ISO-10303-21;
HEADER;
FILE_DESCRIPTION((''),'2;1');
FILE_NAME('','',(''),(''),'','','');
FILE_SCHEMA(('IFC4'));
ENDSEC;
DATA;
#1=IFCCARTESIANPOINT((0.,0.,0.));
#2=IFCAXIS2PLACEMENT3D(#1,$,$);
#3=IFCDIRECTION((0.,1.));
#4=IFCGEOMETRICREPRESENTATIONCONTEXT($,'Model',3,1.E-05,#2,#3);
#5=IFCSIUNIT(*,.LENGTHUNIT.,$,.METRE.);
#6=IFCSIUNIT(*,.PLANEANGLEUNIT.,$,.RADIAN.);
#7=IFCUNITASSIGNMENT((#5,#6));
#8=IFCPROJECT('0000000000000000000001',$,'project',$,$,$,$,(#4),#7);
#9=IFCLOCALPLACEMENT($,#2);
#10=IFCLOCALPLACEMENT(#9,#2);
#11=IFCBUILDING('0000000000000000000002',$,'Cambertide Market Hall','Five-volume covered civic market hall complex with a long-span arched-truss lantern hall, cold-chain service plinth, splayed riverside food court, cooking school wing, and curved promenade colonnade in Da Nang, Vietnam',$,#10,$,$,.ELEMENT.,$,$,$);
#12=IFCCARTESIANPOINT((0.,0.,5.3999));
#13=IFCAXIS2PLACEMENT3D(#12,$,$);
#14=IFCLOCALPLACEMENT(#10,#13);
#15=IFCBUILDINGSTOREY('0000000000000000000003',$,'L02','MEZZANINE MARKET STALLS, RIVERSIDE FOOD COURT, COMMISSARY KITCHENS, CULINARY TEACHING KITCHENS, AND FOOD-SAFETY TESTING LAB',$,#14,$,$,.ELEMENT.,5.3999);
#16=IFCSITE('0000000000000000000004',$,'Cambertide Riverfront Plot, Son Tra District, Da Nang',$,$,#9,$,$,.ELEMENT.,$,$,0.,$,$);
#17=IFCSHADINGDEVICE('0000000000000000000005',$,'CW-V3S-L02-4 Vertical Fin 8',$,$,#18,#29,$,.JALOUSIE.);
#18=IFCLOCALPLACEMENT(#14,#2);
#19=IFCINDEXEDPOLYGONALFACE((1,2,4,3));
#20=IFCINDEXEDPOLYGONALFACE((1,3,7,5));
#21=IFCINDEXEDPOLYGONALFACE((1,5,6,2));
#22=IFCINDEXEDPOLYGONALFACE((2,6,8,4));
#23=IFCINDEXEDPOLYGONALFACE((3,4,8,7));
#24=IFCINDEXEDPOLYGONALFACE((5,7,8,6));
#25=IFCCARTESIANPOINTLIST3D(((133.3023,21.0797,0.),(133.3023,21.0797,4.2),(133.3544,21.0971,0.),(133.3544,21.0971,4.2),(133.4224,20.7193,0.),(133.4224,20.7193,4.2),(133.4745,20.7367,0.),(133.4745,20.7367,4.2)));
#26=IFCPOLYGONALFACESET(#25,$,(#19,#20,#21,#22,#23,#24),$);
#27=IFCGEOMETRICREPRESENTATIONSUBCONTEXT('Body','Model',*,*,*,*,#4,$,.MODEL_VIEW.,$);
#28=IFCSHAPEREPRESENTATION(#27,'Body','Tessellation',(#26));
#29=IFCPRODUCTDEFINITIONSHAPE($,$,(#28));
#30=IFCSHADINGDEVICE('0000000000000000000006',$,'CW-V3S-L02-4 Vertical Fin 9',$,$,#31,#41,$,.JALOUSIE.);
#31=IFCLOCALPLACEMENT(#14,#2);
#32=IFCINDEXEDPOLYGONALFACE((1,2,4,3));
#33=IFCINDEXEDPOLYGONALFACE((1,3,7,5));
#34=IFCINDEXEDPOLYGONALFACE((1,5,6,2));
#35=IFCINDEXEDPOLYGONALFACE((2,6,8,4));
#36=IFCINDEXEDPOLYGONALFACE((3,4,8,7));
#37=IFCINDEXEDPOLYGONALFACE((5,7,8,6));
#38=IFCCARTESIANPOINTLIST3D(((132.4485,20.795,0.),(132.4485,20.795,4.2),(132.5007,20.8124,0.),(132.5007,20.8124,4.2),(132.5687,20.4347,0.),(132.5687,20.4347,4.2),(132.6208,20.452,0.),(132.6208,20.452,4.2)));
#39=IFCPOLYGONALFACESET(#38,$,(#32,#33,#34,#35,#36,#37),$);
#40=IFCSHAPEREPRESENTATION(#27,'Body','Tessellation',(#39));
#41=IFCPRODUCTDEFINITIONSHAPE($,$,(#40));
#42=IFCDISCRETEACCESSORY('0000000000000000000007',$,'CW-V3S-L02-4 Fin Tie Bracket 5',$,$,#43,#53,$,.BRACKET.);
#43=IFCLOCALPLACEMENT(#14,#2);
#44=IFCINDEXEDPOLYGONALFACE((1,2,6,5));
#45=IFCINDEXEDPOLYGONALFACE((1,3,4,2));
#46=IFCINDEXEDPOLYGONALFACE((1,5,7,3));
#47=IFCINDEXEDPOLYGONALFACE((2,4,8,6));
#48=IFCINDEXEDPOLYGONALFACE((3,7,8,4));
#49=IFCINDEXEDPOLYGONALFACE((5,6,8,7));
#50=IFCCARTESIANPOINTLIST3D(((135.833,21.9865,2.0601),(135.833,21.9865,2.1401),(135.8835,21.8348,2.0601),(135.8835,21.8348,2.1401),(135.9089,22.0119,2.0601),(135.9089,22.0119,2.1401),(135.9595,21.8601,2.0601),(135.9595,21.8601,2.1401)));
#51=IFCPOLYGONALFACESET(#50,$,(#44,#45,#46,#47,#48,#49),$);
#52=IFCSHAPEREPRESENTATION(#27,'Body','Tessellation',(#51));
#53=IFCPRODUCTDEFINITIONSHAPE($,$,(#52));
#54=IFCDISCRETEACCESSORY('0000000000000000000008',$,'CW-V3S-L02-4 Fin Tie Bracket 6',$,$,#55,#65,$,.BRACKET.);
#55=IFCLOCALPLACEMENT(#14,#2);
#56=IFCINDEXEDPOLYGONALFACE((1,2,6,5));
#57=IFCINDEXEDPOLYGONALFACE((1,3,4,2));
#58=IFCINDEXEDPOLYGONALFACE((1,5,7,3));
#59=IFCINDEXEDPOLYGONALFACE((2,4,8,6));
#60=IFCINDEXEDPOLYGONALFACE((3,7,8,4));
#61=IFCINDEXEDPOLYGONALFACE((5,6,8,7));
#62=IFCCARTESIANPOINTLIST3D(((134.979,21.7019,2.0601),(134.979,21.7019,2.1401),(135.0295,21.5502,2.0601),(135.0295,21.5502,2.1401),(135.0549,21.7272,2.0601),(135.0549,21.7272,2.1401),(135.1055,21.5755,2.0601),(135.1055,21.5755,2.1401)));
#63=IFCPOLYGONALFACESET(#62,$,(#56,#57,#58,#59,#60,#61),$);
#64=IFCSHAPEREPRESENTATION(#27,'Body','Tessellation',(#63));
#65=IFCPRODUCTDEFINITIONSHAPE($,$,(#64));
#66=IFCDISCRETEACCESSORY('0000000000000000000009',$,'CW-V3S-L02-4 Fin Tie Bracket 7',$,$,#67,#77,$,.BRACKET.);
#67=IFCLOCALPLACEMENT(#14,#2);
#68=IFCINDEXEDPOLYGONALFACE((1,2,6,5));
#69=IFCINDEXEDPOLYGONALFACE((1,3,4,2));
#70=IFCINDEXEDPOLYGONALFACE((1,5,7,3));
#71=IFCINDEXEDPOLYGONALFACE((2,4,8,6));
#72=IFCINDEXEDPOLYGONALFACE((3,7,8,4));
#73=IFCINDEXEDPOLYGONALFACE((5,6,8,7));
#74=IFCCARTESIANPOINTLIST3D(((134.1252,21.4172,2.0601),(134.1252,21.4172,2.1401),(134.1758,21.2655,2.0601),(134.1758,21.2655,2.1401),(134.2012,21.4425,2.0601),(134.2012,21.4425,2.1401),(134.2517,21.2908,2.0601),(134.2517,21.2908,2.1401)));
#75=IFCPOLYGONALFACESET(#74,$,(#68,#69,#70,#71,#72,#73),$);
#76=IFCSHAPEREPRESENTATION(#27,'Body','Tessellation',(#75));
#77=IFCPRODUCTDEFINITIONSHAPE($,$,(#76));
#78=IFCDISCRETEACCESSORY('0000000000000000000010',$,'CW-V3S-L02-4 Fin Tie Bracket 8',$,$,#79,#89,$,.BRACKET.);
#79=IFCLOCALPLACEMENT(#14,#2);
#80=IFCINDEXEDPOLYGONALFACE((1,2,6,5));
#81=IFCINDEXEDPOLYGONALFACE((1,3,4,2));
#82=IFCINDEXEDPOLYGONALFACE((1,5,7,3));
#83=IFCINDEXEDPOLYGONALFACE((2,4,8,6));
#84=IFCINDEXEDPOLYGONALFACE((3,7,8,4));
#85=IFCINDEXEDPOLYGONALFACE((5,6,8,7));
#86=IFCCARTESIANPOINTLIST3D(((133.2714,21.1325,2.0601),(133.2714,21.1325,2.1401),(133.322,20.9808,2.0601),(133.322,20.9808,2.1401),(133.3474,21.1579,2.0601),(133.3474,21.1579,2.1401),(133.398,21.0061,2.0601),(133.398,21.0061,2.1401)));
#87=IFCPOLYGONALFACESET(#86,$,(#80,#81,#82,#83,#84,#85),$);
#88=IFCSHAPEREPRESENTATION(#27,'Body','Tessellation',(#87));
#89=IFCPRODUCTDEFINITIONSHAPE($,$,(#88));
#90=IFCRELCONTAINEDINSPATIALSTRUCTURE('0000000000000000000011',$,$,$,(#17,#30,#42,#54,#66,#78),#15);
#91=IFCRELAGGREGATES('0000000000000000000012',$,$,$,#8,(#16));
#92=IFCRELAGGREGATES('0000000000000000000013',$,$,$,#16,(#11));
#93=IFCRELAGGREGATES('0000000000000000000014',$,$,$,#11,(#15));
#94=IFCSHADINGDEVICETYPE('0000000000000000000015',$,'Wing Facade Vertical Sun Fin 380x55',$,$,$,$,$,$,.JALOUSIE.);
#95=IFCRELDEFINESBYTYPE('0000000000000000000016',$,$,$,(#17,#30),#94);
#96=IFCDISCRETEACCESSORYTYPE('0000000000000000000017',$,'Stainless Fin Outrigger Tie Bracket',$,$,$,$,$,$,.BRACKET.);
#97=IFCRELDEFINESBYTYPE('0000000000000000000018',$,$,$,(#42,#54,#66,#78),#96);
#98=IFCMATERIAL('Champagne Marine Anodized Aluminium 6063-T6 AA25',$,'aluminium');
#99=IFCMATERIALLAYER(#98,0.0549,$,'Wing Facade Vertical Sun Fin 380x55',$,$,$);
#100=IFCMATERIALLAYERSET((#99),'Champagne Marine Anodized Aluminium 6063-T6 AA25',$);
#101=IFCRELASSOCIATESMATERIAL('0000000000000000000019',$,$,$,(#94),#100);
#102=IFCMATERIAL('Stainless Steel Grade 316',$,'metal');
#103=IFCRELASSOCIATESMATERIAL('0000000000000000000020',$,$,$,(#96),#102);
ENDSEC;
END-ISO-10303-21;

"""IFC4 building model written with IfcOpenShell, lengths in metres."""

from ifc_helpers import new_model, si_unit, direction, frame, origin, origin_2d, place, context, subcontext, project, spatial, rectangle, extrude, material, layer, layer_set, type_object, element, save


model = new_model("IFC4")

# Units and contexts
model_context = context("Model", 3, precision=1e-05, world=origin(), true_north=direction((0.0, 1.0)))
body_context = subcontext(model_context, "Body", "Model", "MODEL_VIEW")
ifc_project = project(units=[si_unit("LENGTHUNIT", "METRE"), si_unit("PLANEANGLEUNIT", "RADIAN")], contexts=[model_context])

# Site, building, storey
site_placement = place(None, origin())
site = spatial("IfcSite", under=ifc_project, at=site_placement, Name="Cambertide Riverfront Plot, Son Tra District, Da Nang", CompositionType="ELEMENT", RefElevation=0.0)
building_placement = place(site_placement, origin())
building = spatial("IfcBuilding", under=site, at=building_placement, Name="Cambertide Market Hall", Description="Five-volume covered civic market hall complex with a long-span arched-truss lantern hall, cold-chain service plinth, splayed riverside food court, cooking school wing, and curved promenade colonnade in Da Nang, Vietnam", CompositionType="ELEMENT")
storey_placement = place(building_placement, frame((0.0, 0.0, 5.3999)))
storey = spatial("IfcBuildingStorey", under=building, at=storey_placement, Name="L02", Description="MEZZANINE MARKET STALLS, RIVERSIDE FOOD COURT, COMMISSARY KITCHENS, CULINARY TEACHING KITCHENS, AND FOOD-SAFETY TESTING LAB", CompositionType="ELEMENT", Elevation=5.3999)

# Shading devices
ifc_material_1 = material(Name="Champagne Marine Anodized Aluminium 6063-T6 AA25", Category="aluminium")
ifc_layer_1 = layer(ifc_material_1, 0.0549, Name="Wing Facade Vertical Sun Fin 380x55")
ifc_layer_set_1 = layer_set([ifc_layer_1], Name="Champagne Marine Anodized Aluminium 6063-T6 AA25")
shading_device_type = type_object("IfcShadingDeviceType", Name="Wing Facade Vertical Sun Fin 380x55", PredefinedType="JALOUSIE", material=ifc_layer_set_1)
for number, where, z_axis, x_axis, name in (
    (1, (133.3884, 20.9082, 0.0), (0.0, 0.0, 1.0), (-0.948683, -0.316228, 0.0), "CW-V3S-L02-4 Vertical Fin 8"),
    (2, (132.5347, 20.6235, 0.0), (0.0, 0.0, 1.0), (-0.948683, -0.316228, 0.0), "CW-V3S-L02-4 Vertical Fin 9"),
):
    element("IfcShadingDevice", number, at=place(storey_placement, frame(where, z_axis=z_axis, x_axis=x_axis)), inside=storey, type_object=shading_device_type, Name=name, PredefinedType="JALOUSIE", context=body_context, shape_type="SweptSolid", body=[
        extrude(rectangle(XDim=0.0549, YDim=0.3799, at=origin_2d()), origin(), (0.0, 0.0, 1.0), 4.2),
    ])

# Discrete accessories
ifc_material_2 = material(Name="Stainless Steel Grade 316", Category="metal")
discrete_accessory_type = type_object("IfcDiscreteAccessoryType", Name="Stainless Fin Outrigger Tie Bracket", PredefinedType="BRACKET", material=ifc_material_2)
for number, where, z_axis, x_axis, name in (
    (3, (135.8962, 21.9233, 2.0601), (0.0, 0.0, 1.0), (-0.948683, -0.316228, 0.0), "CW-V3S-L02-4 Fin Tie Bracket 5"),
    (4, (135.0422, 21.6387, 2.0601), (0.0, 0.0, 1.0), (-0.948683, -0.316228, 0.0), "CW-V3S-L02-4 Fin Tie Bracket 6"),
    (5, (134.1885, 21.354, 2.0601), (0.0, 0.0, 1.0), (-0.948683, -0.316228, 0.0), "CW-V3S-L02-4 Fin Tie Bracket 7"),
    (6, (133.3347, 21.0693, 2.0601), (0.0, 0.0, 1.0), (-0.948683, -0.316228, 0.0), "CW-V3S-L02-4 Fin Tie Bracket 8"),
):
    element("IfcDiscreteAccessory", number, at=place(storey_placement, frame(where, z_axis=z_axis, x_axis=x_axis)), inside=storey, type_object=discrete_accessory_type, Name=name, PredefinedType="BRACKET", context=body_context, shape_type="SweptSolid", body=[
        extrude(rectangle(XDim=0.0801, YDim=0.1599, at=origin_2d()), origin(), (0.0, 0.0, 1.0), 0.0801),
    ])

save(model, "model.ifc")
